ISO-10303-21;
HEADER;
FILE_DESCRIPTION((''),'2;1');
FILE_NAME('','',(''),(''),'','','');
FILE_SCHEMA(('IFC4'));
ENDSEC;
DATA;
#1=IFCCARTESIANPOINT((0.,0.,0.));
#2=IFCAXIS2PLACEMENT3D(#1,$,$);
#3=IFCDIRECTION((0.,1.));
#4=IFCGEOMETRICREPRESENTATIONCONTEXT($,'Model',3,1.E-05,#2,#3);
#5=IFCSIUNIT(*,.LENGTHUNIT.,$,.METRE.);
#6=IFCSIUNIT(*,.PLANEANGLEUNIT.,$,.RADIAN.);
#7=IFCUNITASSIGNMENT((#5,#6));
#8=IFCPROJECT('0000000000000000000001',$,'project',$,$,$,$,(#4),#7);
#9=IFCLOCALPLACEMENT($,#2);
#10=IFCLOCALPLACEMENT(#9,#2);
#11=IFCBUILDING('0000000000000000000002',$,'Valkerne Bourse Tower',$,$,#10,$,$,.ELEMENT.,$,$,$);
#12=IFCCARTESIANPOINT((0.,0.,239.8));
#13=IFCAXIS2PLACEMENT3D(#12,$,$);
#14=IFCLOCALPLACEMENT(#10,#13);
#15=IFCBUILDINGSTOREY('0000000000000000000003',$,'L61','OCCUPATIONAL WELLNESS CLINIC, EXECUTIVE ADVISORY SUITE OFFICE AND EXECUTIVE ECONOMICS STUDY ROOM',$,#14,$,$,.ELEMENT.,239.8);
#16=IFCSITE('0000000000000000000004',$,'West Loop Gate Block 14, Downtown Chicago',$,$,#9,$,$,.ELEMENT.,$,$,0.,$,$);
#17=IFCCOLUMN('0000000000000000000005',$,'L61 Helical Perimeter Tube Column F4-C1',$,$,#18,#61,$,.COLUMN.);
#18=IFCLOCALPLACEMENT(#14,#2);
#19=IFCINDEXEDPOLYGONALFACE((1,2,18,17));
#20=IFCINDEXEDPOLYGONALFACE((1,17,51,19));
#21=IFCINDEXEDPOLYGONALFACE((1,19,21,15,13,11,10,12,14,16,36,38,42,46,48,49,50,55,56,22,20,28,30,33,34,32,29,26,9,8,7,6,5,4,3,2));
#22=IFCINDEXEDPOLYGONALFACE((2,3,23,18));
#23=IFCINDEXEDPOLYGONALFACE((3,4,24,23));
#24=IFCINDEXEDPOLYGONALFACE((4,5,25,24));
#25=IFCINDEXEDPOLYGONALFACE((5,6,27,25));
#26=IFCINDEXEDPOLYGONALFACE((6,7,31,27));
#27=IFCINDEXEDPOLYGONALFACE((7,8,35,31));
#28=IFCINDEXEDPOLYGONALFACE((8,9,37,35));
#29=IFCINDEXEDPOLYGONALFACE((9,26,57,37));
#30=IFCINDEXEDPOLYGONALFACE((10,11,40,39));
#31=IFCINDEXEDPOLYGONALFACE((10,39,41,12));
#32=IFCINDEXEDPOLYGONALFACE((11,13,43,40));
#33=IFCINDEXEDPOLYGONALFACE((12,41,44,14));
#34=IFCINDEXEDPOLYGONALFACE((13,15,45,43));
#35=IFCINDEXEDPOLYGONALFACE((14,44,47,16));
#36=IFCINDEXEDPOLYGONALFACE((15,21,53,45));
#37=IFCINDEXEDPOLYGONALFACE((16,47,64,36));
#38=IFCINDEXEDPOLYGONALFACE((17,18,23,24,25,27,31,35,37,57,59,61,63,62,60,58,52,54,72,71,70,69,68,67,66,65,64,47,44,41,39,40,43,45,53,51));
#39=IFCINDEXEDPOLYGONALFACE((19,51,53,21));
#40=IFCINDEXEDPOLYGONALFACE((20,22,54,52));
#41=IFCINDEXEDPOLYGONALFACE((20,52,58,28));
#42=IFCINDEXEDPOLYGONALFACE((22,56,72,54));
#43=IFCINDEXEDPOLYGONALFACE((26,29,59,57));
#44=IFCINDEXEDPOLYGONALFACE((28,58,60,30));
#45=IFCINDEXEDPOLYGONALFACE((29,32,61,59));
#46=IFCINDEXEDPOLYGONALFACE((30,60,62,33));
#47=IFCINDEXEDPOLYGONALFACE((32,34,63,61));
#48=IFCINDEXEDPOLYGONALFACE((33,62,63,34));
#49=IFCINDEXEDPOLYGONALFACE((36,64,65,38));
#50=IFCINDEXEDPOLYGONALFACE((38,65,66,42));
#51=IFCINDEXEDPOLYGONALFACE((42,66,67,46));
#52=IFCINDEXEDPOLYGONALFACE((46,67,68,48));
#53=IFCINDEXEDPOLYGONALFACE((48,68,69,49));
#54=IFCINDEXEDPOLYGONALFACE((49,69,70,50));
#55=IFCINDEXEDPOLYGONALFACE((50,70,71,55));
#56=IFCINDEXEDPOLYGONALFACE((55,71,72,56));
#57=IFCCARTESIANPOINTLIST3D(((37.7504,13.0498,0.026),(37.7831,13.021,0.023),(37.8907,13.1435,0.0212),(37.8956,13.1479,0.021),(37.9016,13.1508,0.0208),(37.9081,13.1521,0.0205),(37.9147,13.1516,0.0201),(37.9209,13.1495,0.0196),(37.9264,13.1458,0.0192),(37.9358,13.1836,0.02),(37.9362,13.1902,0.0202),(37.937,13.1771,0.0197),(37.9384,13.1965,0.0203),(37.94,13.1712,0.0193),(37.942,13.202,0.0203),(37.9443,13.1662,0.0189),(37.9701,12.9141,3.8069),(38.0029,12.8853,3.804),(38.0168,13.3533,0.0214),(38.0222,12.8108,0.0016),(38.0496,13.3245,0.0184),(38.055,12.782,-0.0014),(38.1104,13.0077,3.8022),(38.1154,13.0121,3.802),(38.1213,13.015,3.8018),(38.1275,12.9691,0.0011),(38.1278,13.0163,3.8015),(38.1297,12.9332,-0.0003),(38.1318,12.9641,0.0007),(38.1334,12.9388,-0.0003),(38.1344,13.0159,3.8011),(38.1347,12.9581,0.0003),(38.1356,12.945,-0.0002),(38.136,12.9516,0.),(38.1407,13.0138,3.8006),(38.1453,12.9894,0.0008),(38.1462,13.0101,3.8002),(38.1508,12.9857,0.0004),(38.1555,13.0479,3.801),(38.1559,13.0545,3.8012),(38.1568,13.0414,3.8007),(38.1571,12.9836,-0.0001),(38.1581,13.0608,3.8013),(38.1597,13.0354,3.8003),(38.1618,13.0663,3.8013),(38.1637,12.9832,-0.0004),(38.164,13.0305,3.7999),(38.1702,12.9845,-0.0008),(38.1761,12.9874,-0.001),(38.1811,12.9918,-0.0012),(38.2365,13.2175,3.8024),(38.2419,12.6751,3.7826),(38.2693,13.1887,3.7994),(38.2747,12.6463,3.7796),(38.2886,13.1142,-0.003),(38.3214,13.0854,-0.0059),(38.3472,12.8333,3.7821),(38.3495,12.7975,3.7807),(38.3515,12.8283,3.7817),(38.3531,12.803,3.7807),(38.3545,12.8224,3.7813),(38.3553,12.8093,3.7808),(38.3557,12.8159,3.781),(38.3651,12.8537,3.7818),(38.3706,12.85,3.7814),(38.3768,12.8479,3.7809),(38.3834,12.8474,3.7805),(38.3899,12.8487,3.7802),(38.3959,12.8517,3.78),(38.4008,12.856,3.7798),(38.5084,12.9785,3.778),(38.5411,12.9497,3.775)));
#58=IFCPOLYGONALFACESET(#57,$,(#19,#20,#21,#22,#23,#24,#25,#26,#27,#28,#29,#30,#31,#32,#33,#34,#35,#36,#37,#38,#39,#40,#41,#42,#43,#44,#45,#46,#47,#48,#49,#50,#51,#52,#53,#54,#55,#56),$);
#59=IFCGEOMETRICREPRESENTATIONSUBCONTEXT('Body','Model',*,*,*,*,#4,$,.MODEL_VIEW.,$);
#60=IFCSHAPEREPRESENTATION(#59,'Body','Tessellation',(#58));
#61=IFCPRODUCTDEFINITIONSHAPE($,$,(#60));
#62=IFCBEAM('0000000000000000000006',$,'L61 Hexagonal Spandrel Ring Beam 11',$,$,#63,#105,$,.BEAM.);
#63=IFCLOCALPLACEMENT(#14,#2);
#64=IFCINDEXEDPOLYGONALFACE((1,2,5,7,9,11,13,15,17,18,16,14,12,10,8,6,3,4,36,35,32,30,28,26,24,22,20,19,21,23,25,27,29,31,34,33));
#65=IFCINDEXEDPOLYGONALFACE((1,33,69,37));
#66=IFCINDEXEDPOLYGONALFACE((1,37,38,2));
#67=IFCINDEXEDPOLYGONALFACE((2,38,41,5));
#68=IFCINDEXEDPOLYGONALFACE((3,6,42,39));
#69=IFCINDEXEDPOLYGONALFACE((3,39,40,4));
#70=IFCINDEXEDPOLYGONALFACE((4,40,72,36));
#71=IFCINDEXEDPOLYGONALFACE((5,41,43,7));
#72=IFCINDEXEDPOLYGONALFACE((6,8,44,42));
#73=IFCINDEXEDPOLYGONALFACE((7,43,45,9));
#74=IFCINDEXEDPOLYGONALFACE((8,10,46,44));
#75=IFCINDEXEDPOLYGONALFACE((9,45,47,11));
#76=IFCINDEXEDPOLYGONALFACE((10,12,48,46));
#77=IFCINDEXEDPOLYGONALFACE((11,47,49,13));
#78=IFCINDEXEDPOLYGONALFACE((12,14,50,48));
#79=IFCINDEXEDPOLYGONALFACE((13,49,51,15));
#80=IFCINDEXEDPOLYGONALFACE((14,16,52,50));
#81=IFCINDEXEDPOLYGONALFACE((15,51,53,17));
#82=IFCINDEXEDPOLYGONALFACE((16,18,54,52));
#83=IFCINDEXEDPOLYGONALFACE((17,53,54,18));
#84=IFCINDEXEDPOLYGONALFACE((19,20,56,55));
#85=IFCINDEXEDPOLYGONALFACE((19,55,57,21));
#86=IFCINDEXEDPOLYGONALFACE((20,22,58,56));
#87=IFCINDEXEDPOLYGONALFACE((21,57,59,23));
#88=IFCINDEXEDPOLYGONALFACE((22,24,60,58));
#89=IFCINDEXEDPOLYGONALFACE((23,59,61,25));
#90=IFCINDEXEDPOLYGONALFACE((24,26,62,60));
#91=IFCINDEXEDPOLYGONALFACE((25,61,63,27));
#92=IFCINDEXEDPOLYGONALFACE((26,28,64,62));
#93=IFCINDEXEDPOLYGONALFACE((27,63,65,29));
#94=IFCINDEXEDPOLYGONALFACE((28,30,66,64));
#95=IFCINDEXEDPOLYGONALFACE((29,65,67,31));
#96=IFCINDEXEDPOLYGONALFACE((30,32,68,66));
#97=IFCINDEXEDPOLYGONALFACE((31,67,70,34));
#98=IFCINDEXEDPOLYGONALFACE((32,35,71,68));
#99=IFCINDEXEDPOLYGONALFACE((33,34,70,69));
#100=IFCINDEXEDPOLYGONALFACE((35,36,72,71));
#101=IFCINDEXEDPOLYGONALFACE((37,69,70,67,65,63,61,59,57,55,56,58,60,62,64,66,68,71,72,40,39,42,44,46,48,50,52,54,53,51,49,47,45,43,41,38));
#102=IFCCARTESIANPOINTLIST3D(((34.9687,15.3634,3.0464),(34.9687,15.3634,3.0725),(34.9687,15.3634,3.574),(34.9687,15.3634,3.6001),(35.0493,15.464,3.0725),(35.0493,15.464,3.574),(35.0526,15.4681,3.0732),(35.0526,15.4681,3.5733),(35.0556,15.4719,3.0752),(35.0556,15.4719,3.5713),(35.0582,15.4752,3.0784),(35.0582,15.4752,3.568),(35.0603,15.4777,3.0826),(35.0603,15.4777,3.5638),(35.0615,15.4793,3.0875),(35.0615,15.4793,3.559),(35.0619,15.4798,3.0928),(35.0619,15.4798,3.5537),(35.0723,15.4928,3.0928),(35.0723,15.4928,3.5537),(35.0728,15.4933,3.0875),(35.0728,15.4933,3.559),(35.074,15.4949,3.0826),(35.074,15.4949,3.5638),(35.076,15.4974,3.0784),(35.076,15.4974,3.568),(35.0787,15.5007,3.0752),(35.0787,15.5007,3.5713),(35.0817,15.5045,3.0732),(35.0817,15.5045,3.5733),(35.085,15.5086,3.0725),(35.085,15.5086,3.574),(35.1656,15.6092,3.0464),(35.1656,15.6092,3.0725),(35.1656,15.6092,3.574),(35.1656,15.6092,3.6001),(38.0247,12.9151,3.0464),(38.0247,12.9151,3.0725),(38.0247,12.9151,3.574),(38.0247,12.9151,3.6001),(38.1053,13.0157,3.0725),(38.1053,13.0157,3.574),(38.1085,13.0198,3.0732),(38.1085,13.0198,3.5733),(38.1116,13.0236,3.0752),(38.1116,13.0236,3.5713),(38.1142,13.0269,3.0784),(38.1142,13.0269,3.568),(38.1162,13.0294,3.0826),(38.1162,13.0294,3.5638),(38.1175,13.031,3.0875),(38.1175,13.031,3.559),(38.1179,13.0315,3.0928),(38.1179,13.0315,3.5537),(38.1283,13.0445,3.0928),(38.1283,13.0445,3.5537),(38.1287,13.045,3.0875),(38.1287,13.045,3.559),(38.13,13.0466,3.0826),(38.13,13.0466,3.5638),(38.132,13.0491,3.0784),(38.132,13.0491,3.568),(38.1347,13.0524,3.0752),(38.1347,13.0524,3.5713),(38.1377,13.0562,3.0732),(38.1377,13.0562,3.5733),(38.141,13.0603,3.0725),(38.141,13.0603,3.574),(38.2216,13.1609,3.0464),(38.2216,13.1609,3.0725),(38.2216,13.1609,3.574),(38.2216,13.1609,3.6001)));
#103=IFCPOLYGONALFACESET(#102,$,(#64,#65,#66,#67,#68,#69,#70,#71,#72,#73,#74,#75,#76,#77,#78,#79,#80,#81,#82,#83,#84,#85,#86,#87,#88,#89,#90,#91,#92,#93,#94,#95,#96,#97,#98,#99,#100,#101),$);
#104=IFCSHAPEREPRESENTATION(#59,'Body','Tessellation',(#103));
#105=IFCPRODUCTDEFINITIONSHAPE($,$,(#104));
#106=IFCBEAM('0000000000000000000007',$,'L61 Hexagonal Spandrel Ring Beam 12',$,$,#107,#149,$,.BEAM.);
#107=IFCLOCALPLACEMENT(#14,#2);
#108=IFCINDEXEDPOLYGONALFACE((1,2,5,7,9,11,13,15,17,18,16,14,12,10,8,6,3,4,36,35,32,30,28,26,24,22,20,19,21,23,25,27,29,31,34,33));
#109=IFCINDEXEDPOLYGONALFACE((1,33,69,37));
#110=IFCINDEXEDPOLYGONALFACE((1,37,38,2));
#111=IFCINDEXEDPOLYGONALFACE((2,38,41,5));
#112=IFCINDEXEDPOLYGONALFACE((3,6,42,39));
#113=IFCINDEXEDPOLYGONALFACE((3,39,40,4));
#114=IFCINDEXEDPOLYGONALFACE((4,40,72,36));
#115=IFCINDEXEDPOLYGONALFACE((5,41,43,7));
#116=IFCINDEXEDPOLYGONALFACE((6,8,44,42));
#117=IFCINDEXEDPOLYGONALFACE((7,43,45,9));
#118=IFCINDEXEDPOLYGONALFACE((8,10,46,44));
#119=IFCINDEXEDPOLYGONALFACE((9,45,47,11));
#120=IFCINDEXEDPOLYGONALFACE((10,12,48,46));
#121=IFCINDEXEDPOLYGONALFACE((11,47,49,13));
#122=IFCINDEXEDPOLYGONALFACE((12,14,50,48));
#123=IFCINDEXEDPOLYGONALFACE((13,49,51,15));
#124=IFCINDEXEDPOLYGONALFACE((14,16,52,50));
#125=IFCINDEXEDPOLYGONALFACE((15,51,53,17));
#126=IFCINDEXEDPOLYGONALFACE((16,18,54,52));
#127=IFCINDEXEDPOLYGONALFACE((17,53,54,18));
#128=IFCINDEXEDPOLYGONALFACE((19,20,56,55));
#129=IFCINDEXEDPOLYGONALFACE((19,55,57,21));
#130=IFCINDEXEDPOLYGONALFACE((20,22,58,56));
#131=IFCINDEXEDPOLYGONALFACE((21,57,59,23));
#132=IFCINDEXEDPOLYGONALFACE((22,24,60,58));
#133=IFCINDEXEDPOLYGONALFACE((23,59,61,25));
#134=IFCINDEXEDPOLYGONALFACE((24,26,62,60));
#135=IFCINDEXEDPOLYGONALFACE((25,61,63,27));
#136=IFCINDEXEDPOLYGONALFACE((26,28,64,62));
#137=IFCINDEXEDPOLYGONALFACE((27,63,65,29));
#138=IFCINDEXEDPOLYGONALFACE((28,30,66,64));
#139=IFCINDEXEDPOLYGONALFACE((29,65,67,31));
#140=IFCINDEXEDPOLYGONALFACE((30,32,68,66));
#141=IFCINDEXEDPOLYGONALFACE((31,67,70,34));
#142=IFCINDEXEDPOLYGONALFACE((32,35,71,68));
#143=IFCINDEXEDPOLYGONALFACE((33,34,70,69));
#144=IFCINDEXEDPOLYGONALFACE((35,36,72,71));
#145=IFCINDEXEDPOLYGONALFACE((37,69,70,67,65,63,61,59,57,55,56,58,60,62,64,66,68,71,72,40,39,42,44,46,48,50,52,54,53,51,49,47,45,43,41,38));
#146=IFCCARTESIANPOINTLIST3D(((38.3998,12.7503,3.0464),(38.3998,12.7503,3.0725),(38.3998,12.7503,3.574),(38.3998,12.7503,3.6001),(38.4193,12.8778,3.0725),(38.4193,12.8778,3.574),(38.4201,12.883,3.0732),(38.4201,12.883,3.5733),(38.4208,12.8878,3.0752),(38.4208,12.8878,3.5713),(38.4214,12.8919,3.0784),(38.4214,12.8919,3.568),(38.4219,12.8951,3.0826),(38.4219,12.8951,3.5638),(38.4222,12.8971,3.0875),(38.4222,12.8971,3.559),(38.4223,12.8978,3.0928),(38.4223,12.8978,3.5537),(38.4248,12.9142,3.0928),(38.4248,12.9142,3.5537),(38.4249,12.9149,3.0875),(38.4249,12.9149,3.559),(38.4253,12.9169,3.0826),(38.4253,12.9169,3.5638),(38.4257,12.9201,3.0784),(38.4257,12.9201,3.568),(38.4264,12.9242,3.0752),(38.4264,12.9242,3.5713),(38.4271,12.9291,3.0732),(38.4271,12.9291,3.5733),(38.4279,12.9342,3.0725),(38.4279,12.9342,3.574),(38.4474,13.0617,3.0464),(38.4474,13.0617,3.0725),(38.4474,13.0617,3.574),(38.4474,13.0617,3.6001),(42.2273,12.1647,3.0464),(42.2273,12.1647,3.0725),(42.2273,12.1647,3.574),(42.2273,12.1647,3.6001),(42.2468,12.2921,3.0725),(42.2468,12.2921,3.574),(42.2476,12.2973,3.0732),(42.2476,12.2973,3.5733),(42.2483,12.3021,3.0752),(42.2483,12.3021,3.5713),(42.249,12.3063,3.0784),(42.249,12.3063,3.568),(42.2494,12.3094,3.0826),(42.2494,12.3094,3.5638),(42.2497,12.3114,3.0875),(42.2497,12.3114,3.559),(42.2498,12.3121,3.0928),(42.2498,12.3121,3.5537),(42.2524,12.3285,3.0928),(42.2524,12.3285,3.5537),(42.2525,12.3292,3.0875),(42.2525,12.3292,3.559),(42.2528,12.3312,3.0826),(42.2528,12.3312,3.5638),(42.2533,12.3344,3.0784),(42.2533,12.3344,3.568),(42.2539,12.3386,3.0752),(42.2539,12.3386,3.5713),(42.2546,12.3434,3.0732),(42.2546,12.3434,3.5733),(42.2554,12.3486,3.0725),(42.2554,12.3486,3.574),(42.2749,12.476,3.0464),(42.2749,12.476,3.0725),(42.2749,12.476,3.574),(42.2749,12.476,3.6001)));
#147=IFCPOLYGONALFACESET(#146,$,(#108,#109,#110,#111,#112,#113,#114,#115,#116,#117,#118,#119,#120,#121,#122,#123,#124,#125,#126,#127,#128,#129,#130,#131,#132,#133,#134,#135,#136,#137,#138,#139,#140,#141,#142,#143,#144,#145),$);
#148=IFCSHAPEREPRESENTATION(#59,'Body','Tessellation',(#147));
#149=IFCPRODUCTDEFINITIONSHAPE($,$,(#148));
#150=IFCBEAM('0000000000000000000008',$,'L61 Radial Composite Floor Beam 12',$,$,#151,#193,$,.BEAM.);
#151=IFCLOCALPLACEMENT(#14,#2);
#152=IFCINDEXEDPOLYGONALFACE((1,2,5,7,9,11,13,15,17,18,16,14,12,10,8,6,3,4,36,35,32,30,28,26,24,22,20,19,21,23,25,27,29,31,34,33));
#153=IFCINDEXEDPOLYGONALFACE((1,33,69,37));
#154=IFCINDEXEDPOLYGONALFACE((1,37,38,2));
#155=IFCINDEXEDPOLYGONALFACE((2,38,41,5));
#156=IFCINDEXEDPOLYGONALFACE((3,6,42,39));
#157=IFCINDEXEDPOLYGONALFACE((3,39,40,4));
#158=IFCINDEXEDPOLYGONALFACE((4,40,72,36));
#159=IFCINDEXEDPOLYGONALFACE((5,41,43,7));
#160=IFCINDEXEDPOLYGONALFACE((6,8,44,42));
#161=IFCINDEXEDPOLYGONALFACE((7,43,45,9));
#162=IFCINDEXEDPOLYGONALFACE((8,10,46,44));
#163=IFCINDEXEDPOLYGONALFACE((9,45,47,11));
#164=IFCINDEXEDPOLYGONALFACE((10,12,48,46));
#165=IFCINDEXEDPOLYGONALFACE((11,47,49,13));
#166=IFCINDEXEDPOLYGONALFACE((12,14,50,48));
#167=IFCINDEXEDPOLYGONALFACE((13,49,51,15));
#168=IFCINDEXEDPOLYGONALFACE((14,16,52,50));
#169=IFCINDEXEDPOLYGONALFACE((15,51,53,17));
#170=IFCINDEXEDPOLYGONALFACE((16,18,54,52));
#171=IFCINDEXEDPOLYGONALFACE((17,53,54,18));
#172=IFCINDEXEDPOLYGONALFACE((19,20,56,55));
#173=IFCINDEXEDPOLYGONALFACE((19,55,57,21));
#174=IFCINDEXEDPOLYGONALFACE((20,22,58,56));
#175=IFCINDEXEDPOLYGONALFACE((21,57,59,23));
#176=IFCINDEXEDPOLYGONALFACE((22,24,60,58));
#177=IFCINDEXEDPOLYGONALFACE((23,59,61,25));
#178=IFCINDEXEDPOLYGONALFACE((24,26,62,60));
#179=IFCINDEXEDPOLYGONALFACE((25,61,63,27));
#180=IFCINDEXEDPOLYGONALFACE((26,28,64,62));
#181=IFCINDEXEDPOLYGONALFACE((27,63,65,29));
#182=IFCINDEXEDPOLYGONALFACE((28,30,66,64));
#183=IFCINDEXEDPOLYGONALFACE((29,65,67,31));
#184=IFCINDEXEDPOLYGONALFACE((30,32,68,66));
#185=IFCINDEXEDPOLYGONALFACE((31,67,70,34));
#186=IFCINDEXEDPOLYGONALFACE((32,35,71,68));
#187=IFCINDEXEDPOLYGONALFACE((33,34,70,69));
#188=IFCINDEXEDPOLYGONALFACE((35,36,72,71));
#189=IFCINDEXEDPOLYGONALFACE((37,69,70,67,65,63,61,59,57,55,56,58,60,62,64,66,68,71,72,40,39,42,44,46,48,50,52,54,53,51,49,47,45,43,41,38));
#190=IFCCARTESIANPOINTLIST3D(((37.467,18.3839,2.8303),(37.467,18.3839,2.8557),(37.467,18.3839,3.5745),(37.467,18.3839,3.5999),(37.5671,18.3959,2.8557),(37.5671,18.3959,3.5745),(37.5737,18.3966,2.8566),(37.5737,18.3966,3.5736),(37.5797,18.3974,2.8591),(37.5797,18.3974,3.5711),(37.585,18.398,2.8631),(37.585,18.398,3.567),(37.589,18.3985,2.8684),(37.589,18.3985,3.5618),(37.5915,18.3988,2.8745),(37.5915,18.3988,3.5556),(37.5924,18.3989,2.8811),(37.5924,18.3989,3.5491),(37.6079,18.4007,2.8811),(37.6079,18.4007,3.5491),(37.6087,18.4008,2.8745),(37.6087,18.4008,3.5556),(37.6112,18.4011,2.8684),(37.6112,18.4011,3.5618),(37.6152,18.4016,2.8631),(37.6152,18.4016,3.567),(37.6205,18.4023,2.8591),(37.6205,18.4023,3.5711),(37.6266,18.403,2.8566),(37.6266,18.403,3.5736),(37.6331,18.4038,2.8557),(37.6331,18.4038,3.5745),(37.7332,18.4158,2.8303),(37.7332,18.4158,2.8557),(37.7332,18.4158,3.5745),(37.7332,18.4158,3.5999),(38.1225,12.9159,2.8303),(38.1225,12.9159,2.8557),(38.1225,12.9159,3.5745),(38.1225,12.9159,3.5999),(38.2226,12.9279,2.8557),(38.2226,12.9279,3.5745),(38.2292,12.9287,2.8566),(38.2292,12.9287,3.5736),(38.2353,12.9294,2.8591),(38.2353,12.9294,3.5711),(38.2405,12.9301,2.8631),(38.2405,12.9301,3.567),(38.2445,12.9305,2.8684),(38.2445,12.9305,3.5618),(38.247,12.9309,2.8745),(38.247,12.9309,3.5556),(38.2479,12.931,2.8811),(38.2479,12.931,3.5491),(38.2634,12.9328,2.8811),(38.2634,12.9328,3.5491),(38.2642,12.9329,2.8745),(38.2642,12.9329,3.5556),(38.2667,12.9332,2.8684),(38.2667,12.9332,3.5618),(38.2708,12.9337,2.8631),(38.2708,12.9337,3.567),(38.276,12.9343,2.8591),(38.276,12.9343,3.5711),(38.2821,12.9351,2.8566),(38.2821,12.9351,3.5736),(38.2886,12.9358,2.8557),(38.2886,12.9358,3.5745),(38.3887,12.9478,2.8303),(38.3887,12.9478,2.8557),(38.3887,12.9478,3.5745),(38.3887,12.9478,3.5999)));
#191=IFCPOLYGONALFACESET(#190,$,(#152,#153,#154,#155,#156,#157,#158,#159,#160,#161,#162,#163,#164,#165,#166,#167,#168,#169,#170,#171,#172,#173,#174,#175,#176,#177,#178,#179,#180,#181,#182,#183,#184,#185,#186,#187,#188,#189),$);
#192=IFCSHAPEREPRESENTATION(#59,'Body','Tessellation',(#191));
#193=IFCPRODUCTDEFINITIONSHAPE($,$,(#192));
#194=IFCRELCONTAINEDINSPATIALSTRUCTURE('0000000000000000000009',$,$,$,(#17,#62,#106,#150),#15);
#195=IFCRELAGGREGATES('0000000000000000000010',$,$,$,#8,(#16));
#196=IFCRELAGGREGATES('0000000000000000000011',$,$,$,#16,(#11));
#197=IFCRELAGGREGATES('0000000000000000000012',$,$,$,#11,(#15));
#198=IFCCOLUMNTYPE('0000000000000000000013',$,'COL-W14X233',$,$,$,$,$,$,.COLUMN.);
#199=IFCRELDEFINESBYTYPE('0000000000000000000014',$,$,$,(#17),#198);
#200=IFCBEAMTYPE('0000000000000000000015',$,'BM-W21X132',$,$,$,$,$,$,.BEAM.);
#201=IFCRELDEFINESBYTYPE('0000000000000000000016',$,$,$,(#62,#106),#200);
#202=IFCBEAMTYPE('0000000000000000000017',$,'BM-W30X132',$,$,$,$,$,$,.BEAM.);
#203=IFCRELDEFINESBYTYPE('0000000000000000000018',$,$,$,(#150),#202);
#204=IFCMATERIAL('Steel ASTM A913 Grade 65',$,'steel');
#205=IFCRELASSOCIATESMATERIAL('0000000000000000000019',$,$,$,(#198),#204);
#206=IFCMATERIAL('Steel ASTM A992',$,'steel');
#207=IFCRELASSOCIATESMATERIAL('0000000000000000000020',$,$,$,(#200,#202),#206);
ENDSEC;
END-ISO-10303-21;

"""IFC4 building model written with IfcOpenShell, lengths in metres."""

from ifc_helpers import new_model, si_unit, direction, frame, origin, origin_2d, place, context, subcontext, project, spatial, i_section, extrude, material, material_profile, profile_set, type_object, element, save


model = new_model("IFC4")

# Units and contexts
model_context = context("Model", 3, precision=1e-05, world=origin(), true_north=direction((0.0, 1.0)))
body_context = subcontext(model_context, "Body", "Model", "MODEL_VIEW")
ifc_project = project(units=[si_unit("LENGTHUNIT", "METRE"), si_unit("PLANEANGLEUNIT", "RADIAN")], contexts=[model_context])

# Site, building, storey
site_placement = place(None, origin())
site = spatial("IfcSite", under=ifc_project, at=site_placement, Name="West Loop Gate Block 14, Downtown Chicago", CompositionType="ELEMENT", RefElevation=0.0)
building_placement = place(site_placement, origin())
building = spatial("IfcBuilding", under=site, at=building_placement, Name="Valkerne Bourse Tower", CompositionType="ELEMENT")
storey_placement = place(building_placement, frame((0.0, 0.0, 239.8)))
storey = spatial("IfcBuildingStorey", under=building, at=storey_placement, Name="L61", Description="OCCUPATIONAL WELLNESS CLINIC, EXECUTIVE ADVISORY SUITE OFFICE AND EXECUTIVE ECONOMICS STUDY ROOM", CompositionType="ELEMENT", Elevation=239.8)

# Column
ifc_material_1 = material(Name="Steel ASTM A913 Grade 65", Category="steel")
ifc_material_profile_1 = material_profile(ifc_material_1, i_section(OverallWidth=0.4038, OverallDepth=0.4065, WebThickness=0.0271, FlangeThickness=0.0437, FilletRadius=0.0254, at=origin_2d()), Name="W14X233")
ifc_profile_set_1 = profile_set([ifc_material_profile_1], Name="Steel ASTM A913 Grade 65")
column_type = type_object("IfcColumnType", Name="COL-W14X233", PredefinedType="COLUMN", material=ifc_profile_set_1)
column_placement = place(storey_placement, frame((38.0359, 13.0676, 0.01), z_axis=(0.057978, -0.035818, 0.997675), x_axis=(0.659762, 0.751389, -0.011365)))
element("IfcColumn", 1, at=column_placement, inside=storey, type_object=column_type, Name="L61 Helical Perimeter Tube Column F4-C1", PredefinedType="COLUMN", context=body_context, shape_type="SweptSolid", body=[
    extrude(i_section(OverallWidth=0.4038, OverallDepth=0.4065, WebThickness=0.0271, FlangeThickness=0.0437, FilletRadius=0.0254, at=origin_2d()), origin(), (0.0, 0.0, 1.0), 3.7898),
])

# Beams
ifc_material_2 = material(Name="Steel ASTM A992", Category="steel")
ifc_material_profile_2 = material_profile(ifc_material_2, i_section(OverallWidth=0.3149, OverallDepth=0.5537, WebThickness=0.0166, FlangeThickness=0.0261, FilletRadius=0.0203, at=origin_2d()), Name="W21X132")
ifc_profile_set_2 = profile_set([ifc_material_profile_2], Name="Steel ASTM A992")
beam_type_1 = type_object("IfcBeamType", Name="BM-W21X132", PredefinedType="BEAM", material=ifc_profile_set_2)
beam_1_placement = place(storey_placement, frame((35.0671, 15.4863, 3.3232), z_axis=(0.780431, -0.625242, 0.0), x_axis=(0.625242, 0.780431, 0.0)))
element("IfcBeam", 2, at=beam_1_placement, inside=storey, type_object=beam_type_1, Name="L61 Hexagonal Spandrel Ring Beam 11", PredefinedType="BEAM", context=body_context, shape_type="SweptSolid", body=[
    extrude(i_section(OverallWidth=0.3149, OverallDepth=0.5537, WebThickness=0.0166, FlangeThickness=0.0261, FilletRadius=0.0203, at=origin_2d()), origin(), (0.0, 0.0, 1.0), 3.9158),
])
beam_2_placement = place(storey_placement, frame((38.4236, 12.906, 3.3232), z_axis=(0.988495, -0.151256, 0.0), x_axis=(0.151256, 0.988495, 0.0)))
element("IfcBeam", 3, at=beam_2_placement, inside=storey, type_object=beam_type_1, Name="L61 Hexagonal Spandrel Ring Beam 12", PredefinedType="BEAM", context=body_context, shape_type="SweptSolid", body=[
    extrude(i_section(OverallWidth=0.3149, OverallDepth=0.5537, WebThickness=0.0166, FlangeThickness=0.0261, FilletRadius=0.0203, at=origin_2d()), origin(), (0.0, 0.0, 1.0), 3.8721),
])
ifc_material_profile_3 = material_profile(ifc_material_2, i_section(OverallWidth=0.2681, OverallDepth=0.7695, WebThickness=0.0156, FlangeThickness=0.0254, FilletRadius=0.0254, at=origin_2d()), Name="W30X132")
ifc_profile_set_3 = profile_set([ifc_material_profile_3], Name="Steel ASTM A992")
beam_type_2 = type_object("IfcBeamType", Name="BM-W30X132", PredefinedType="BEAM", material=ifc_profile_set_3)
beam_3_placement = place(storey_placement, frame((38.2556, 12.9319, 3.2151), z_axis=(-0.11903, 0.992891, 0.0), x_axis=(-0.992891, -0.11903, 0.0)))
element("IfcBeam", 4, at=beam_3_placement, inside=storey, type_object=beam_type_2, Name="L61 Radial Composite Floor Beam 12", PredefinedType="BEAM", context=body_context, shape_type="SweptSolid", body=[
    extrude(i_section(OverallWidth=0.2681, OverallDepth=0.7695, WebThickness=0.0156, FlangeThickness=0.0254, FilletRadius=0.0254, at=origin_2d()), origin(), (0.0, 0.0, 1.0), 5.5071),
])

save(model, "model.ifc")
